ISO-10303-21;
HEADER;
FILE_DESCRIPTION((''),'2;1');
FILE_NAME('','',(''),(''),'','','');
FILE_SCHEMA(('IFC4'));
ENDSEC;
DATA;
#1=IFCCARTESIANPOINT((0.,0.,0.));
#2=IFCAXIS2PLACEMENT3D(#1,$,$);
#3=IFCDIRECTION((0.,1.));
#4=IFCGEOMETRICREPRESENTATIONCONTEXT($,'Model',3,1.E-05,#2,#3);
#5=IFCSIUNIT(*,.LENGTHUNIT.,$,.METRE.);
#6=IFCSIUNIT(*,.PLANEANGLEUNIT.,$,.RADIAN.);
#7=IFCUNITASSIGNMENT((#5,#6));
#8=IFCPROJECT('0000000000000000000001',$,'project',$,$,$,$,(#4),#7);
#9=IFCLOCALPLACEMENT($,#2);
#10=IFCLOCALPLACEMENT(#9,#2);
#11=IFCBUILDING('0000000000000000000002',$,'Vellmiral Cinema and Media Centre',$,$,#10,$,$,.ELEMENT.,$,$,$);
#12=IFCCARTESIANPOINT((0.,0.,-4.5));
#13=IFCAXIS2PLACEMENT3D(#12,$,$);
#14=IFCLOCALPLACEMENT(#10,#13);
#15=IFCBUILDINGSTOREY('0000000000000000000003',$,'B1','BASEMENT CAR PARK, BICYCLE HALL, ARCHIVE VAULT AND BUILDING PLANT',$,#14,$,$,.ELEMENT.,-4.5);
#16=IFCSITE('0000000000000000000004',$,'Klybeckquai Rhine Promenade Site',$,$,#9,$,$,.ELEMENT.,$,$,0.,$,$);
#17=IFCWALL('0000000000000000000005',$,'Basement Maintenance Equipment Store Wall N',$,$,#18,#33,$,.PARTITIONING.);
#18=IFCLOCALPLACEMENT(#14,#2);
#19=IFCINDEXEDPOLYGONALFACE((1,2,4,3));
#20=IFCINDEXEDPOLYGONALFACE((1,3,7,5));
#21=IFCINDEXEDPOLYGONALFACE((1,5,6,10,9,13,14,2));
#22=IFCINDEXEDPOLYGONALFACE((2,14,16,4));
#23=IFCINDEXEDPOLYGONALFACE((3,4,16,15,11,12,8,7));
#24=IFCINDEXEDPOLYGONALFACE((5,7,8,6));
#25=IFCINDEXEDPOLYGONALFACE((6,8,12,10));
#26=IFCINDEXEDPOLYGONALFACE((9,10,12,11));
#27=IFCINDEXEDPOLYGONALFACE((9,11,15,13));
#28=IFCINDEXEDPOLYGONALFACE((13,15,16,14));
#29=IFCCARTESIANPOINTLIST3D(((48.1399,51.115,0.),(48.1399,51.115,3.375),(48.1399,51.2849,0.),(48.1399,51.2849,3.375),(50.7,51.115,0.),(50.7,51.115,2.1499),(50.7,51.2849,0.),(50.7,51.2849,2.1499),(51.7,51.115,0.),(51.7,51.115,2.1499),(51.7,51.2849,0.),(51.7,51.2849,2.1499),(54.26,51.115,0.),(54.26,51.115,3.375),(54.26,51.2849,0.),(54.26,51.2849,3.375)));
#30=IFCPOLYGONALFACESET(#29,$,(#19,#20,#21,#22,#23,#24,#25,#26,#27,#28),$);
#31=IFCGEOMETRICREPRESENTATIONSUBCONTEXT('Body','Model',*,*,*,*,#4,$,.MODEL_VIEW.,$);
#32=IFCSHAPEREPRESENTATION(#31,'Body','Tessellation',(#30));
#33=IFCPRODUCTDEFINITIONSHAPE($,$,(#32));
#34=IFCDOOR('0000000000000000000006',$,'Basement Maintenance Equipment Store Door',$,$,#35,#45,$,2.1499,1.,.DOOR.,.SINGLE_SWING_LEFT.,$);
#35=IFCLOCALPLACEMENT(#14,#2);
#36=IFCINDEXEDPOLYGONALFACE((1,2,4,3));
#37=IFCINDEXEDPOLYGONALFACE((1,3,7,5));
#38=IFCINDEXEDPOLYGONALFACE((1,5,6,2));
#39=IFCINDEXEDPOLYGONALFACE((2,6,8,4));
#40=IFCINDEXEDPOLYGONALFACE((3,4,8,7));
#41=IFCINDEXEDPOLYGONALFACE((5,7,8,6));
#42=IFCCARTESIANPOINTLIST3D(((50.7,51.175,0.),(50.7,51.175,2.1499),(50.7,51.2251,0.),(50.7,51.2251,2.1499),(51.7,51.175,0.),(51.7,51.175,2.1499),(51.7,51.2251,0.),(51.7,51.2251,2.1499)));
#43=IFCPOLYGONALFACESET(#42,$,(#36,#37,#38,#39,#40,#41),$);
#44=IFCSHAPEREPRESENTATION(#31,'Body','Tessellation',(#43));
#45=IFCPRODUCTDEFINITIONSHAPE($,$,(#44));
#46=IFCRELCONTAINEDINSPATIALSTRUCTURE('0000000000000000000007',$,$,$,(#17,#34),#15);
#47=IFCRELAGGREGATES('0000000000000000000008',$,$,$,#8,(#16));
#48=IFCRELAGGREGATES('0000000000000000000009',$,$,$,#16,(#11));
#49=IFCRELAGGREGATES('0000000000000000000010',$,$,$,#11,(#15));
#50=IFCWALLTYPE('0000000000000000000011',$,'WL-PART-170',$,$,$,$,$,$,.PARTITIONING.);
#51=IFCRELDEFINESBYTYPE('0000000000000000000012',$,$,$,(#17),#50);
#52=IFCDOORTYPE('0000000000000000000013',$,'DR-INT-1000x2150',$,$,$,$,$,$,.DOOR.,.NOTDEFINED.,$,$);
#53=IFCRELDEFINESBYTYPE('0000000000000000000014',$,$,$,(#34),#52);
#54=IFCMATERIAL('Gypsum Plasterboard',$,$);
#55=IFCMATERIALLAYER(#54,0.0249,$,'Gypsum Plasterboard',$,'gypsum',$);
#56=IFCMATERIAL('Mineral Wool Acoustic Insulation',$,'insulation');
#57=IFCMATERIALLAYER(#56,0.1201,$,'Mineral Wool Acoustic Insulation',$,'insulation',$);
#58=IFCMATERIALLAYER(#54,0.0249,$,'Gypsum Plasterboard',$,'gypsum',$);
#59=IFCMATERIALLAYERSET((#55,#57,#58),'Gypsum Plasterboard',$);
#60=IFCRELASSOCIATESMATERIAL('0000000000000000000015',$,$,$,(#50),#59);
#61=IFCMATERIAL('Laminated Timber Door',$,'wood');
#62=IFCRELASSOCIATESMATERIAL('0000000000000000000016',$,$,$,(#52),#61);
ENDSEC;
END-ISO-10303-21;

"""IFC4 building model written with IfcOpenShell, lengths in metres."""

from ifc_helpers import new_model, si_unit, direction, frame, frame_2d, origin, place, context, subcontext, project, spatial, rectangle, extrude, material, layer, layer_set, type_object, element, fill, save


model = new_model("IFC4")

# Units and contexts
model_context = context("Model", 3, precision=1e-05, world=origin(), true_north=direction((0.0, 1.0)))
body_context = subcontext(model_context, "Body", "Model", "MODEL_VIEW")
ifc_project = project(units=[si_unit("LENGTHUNIT", "METRE"), si_unit("PLANEANGLEUNIT", "RADIAN")], contexts=[model_context])

# Site, building, storey
site_placement = place(None, origin())
site = spatial("IfcSite", under=ifc_project, at=site_placement, Name="Klybeckquai Rhine Promenade Site", CompositionType="ELEMENT", RefElevation=0.0)
building_placement = place(site_placement, origin())
building = spatial("IfcBuilding", under=site, at=building_placement, Name="Vellmiral Cinema and Media Centre", CompositionType="ELEMENT")
storey_placement = place(building_placement, frame((0.0, 0.0, -4.5)))
storey = spatial("IfcBuildingStorey", under=building, at=storey_placement, Name="B1", Description="BASEMENT CAR PARK, BICYCLE HALL, ARCHIVE VAULT AND BUILDING PLANT", CompositionType="ELEMENT", Elevation=-4.5)

# Wall, opening, door
ifc_material_1 = material(Name="Gypsum Plasterboard")
ifc_layer_1 = layer(ifc_material_1, 0.0249, Name="Gypsum Plasterboard", Category="gypsum")
ifc_material_2 = material(Name="Mineral Wool Acoustic Insulation", Category="insulation")
ifc_layer_2 = layer(ifc_material_2, 0.1201, Name="Mineral Wool Acoustic Insulation", Category="insulation")
ifc_layer_3 = layer(ifc_material_1, 0.0249, Name="Gypsum Plasterboard", Category="gypsum")
ifc_layer_set_1 = layer_set([ifc_layer_1, ifc_layer_2, ifc_layer_3], Name="Gypsum Plasterboard")
wall_type_1 = type_object("IfcWallType", Name="WL-PART-170", PredefinedType="PARTITIONING", material=ifc_layer_set_1)
wall_1_placement = place(storey_placement, frame((48.1399, 51.2, 0.0), z_axis=(0.0, 0.0, 1.0), x_axis=(1.0, 0.0, 0.0)))
wall_1 = element("IfcWall", 1, at=wall_1_placement, inside=storey, type_object=wall_type_1, Name="Basement Maintenance Equipment Store Wall N", PredefinedType="PARTITIONING", context=body_context, shape_type="SweptSolid", body=[
    extrude(rectangle(XDim=6.1201, YDim=0.1699, at=frame_2d((3.0601, 0.0))), origin(), (0.0, 0.0, 1.0), 3.375),
])
opening_1_placement = place(wall_1_placement, frame((2.5601, 0.0, 0.0)))
opening_1 = element("IfcOpeningElement", 2, at=opening_1_placement, cuts=wall_1, PredefinedType="OPENING", context=body_context, shape_type="SweptSolid", body=[
    extrude(rectangle(XDim=1.0, YDim=2.1499, at=frame_2d((0.5, 1.075))), frame((0.0, 0.0969, 0.0), z_axis=(0.0, -1.0, 0.0), x_axis=(1.0, 0.0, 0.0)), (0.0, 0.0, 1.0), 0.1938),
])
ifc_material_3 = material(Name="Laminated Timber Door", Category="wood")
door_type_1 = type_object("IfcDoorType", Name="DR-INT-1000x2150", OperationType="NOTDEFINED", PredefinedType="DOOR", material=ifc_material_3)
door_1_placement = place(opening_1_placement, frame((1.0, 0.0, 0.0), z_axis=(0.0, 0.0, 1.0), x_axis=(-1.0, 0.0, 0.0)))
door_1 = element("IfcDoor", 3, at=door_1_placement, inside=storey, type_object=door_type_1, Name="Basement Maintenance Equipment Store Door", OperationType="SINGLE_SWING_LEFT", OverallHeight=2.1499, OverallWidth=1.0, PredefinedType="DOOR", context=body_context, shape_type="SweptSolid", body=[
    extrude(rectangle(XDim=1.0, YDim=2.1499, at=frame_2d((0.5, 1.075))), frame((0.0, 0.0249, 0.0), z_axis=(0.0, -1.0, 0.0), x_axis=(1.0, 0.0, 0.0)), (0.0, 0.0, 1.0), 0.05),
])
fill(opening_1, door_1)

save(model, "model.ifc")
